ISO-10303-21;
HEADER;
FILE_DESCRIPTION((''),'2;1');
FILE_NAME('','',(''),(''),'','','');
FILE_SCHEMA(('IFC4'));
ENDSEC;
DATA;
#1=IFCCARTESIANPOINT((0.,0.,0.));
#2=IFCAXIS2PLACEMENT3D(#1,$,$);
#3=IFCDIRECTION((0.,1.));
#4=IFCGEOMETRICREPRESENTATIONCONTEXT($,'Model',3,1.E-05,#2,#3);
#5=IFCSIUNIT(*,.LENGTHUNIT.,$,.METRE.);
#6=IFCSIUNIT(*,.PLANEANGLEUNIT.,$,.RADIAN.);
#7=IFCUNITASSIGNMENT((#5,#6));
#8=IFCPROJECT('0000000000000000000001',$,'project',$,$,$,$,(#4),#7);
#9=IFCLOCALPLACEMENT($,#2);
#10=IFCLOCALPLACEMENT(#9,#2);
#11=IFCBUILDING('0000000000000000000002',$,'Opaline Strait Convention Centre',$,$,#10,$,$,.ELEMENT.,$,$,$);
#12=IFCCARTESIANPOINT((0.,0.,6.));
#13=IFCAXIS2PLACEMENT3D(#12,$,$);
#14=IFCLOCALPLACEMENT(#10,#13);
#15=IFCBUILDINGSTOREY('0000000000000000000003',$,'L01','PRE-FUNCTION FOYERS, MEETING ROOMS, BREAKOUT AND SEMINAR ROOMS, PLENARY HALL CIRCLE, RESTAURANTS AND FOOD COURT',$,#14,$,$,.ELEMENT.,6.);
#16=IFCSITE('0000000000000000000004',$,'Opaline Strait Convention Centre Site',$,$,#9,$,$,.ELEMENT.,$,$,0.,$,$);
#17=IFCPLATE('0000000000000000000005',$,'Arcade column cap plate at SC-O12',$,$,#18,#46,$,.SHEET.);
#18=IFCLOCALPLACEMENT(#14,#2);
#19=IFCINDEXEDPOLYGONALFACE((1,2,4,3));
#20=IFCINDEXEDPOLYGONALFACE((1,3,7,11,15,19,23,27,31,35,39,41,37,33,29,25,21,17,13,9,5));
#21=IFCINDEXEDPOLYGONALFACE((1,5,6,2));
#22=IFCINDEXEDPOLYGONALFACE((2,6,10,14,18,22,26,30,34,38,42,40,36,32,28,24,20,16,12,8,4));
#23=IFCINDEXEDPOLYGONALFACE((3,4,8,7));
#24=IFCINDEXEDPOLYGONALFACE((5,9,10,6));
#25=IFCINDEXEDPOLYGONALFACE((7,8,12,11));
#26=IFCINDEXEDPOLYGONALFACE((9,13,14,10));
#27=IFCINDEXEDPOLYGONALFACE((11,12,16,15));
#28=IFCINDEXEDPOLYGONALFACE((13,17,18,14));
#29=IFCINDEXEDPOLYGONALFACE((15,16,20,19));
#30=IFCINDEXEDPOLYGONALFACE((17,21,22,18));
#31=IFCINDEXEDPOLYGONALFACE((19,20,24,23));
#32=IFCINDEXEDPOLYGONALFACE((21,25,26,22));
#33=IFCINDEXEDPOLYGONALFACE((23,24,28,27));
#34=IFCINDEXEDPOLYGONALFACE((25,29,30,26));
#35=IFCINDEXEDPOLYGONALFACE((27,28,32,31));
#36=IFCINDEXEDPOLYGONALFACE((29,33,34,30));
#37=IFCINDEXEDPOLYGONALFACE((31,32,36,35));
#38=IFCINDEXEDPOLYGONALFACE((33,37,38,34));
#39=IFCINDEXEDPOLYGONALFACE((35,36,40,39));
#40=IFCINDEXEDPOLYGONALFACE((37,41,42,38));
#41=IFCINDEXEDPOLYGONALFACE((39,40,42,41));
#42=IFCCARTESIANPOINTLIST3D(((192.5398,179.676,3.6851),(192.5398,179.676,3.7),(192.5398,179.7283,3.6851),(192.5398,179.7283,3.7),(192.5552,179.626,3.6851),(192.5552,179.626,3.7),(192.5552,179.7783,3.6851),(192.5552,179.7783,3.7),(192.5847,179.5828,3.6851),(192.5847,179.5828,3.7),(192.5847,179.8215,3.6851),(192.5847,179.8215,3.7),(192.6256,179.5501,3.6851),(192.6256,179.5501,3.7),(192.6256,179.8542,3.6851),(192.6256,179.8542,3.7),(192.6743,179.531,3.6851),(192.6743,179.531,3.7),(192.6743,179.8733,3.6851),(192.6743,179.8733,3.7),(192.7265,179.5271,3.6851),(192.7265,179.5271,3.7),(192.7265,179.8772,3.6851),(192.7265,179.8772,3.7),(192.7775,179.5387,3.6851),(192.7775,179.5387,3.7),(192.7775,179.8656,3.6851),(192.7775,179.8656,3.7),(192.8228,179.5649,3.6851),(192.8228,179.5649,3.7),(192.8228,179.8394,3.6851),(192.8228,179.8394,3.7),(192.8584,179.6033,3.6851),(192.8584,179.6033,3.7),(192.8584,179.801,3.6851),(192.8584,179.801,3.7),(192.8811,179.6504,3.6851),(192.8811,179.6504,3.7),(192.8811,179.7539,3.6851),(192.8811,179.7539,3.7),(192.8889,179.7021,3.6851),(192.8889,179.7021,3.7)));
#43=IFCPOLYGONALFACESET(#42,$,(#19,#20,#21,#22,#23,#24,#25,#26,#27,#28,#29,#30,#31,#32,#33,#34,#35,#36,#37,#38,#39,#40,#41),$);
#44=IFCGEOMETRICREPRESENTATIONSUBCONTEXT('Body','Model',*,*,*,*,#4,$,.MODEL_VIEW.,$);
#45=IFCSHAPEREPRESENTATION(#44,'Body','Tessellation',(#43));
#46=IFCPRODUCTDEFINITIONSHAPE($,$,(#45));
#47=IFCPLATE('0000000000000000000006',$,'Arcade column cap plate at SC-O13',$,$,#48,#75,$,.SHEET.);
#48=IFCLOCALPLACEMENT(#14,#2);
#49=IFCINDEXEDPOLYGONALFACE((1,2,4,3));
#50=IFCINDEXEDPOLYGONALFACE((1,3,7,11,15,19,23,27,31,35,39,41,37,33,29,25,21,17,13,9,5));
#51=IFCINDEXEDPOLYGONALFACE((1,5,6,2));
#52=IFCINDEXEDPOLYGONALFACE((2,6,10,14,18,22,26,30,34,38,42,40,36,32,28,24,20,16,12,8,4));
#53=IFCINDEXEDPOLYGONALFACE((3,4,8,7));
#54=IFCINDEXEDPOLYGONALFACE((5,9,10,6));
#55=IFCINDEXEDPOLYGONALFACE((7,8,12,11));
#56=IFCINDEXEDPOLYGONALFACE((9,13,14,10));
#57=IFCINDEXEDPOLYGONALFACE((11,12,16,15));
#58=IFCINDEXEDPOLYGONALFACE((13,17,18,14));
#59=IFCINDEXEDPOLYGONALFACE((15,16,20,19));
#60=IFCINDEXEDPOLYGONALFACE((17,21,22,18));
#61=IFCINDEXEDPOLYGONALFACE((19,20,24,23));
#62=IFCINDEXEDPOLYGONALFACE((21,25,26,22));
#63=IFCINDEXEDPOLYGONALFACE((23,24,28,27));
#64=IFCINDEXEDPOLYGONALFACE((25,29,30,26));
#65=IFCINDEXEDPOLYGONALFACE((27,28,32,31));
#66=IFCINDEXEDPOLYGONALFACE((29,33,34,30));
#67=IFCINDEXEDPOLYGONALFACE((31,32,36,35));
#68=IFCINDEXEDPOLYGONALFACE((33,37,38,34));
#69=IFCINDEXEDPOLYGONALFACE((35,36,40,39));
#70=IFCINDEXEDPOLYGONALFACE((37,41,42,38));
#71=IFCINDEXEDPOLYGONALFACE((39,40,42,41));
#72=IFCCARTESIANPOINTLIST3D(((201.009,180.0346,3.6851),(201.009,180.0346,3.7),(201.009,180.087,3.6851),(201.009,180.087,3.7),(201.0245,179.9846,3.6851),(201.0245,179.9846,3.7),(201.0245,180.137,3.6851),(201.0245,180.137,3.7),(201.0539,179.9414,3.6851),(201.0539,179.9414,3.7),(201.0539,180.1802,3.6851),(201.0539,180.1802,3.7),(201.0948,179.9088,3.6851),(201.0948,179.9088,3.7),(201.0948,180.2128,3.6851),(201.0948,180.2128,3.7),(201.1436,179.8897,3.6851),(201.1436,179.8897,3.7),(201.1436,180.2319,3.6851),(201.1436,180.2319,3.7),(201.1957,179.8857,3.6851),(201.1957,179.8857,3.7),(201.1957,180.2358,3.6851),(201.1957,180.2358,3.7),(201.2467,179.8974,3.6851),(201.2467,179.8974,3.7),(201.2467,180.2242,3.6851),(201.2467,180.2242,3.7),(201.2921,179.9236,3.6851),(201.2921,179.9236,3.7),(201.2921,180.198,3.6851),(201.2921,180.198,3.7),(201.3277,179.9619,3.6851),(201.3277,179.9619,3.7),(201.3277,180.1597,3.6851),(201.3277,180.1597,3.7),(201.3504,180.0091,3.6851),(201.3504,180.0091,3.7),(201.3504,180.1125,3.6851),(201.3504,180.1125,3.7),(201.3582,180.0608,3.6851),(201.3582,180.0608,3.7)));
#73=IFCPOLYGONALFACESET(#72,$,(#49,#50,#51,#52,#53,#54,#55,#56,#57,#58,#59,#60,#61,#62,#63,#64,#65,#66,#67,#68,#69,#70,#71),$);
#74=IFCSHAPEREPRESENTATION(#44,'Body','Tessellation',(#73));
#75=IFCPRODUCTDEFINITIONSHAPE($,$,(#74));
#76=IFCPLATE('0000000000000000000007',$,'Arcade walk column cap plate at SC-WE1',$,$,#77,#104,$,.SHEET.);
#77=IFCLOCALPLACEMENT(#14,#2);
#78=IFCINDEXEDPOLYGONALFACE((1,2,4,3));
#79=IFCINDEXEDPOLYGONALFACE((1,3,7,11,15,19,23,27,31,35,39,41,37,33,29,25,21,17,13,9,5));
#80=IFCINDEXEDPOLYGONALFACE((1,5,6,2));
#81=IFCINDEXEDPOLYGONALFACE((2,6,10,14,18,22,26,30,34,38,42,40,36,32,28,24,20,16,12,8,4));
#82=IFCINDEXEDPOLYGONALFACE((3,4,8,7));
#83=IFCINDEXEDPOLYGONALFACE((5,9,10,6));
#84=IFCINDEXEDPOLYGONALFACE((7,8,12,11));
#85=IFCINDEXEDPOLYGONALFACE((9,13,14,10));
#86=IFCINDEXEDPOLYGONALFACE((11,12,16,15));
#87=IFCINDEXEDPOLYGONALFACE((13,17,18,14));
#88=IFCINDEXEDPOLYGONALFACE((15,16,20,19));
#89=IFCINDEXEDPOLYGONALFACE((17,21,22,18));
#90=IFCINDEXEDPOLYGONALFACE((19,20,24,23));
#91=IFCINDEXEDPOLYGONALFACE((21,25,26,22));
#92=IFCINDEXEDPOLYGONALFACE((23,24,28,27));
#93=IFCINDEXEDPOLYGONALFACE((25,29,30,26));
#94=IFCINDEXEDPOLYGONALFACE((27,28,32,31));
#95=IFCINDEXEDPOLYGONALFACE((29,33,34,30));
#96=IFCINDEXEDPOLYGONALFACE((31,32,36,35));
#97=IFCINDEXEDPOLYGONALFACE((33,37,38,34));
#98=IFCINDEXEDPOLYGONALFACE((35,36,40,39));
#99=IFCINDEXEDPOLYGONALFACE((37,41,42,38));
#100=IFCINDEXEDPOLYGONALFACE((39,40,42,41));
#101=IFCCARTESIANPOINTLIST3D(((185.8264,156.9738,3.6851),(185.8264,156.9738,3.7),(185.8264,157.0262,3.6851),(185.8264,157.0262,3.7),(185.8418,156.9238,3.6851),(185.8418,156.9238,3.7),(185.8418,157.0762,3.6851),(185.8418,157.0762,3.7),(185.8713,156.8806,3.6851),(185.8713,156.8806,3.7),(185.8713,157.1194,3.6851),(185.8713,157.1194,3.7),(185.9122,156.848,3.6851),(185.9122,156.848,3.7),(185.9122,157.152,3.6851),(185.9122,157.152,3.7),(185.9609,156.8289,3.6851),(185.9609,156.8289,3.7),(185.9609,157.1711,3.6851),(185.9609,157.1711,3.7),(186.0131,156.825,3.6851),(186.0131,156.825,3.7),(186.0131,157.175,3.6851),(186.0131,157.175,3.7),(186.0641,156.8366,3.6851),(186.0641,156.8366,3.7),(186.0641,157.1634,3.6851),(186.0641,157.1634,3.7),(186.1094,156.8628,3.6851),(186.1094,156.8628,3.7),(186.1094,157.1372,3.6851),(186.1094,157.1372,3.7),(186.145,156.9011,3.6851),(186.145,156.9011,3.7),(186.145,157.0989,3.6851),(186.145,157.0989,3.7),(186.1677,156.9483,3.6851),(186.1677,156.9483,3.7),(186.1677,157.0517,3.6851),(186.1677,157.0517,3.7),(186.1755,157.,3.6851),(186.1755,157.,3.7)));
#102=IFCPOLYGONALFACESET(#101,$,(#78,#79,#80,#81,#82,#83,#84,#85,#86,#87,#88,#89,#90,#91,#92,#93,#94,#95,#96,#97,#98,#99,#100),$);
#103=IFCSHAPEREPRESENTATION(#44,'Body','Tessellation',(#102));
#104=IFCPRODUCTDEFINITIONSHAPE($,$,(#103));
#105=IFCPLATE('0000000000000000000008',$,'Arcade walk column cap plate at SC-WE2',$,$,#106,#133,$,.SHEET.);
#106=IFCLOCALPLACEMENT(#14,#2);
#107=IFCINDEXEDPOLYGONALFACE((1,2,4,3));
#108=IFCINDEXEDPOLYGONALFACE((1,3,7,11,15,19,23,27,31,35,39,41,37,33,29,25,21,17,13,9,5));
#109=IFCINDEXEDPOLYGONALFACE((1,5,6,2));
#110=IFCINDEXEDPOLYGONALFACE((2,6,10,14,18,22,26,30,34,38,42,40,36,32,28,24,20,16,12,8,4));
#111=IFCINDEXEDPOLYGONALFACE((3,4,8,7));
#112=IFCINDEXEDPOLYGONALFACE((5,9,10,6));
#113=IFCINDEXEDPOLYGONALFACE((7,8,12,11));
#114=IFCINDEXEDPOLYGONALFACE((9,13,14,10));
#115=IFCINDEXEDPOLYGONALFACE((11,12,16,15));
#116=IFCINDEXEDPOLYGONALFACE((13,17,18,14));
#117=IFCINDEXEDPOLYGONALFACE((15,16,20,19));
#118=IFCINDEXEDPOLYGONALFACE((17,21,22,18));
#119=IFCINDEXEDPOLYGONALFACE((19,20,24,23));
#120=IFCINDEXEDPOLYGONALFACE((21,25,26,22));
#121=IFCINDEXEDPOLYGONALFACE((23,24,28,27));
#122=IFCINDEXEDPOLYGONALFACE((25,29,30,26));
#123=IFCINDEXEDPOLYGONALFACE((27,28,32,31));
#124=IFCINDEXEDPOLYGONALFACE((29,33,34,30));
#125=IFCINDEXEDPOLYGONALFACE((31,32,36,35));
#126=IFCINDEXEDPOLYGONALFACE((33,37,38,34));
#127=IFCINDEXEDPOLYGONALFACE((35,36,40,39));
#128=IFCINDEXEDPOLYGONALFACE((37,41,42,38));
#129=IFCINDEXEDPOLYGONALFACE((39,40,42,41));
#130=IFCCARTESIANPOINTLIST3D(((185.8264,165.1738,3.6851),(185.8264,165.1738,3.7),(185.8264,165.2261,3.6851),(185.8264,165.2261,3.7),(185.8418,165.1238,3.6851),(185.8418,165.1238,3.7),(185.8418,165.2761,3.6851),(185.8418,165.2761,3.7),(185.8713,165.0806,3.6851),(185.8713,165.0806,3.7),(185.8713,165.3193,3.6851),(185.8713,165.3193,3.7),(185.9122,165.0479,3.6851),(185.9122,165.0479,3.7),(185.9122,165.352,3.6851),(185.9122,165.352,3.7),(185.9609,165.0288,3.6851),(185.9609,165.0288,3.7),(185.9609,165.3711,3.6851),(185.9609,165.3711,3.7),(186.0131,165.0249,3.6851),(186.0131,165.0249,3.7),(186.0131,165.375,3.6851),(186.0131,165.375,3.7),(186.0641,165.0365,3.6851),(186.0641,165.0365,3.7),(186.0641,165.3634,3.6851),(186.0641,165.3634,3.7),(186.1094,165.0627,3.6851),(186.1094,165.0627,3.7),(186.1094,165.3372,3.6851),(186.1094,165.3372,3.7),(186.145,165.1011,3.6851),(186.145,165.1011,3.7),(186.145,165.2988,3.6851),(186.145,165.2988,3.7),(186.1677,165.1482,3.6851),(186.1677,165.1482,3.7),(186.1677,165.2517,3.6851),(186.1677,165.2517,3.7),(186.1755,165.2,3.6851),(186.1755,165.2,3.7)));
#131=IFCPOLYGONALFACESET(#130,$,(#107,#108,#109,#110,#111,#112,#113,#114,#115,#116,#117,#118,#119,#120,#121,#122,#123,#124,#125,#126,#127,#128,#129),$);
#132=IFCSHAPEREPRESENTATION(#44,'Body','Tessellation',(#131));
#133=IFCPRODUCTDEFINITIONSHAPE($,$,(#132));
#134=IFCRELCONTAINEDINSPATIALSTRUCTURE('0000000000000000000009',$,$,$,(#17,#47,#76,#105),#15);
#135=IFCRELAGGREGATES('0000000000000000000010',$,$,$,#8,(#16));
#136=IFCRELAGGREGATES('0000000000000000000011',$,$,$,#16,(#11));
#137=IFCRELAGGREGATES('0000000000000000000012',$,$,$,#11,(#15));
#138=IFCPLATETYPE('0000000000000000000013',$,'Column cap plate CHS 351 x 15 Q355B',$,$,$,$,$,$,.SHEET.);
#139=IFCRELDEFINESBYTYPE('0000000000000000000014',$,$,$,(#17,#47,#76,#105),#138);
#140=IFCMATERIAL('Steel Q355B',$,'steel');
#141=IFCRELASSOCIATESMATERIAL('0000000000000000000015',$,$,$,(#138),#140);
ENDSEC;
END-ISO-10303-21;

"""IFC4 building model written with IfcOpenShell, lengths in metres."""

from ifc_helpers import new_model, si_unit, direction, frame, origin, origin_2d, place, context, subcontext, project, spatial, circle, extrude, material, material_profile, profile_set, type_object, element, save


model = new_model("IFC4")

# Units and contexts
model_context = context("Model", 3, precision=1e-05, world=origin(), true_north=direction((0.0, 1.0)))
body_context = subcontext(model_context, "Body", "Model", "MODEL_VIEW")
ifc_project = project(units=[si_unit("LENGTHUNIT", "METRE"), si_unit("PLANEANGLEUNIT", "RADIAN")], contexts=[model_context])

# Site, building, storey
site_placement = place(None, origin())
site = spatial("IfcSite", under=ifc_project, at=site_placement, Name="Opaline Strait Convention Centre Site", CompositionType="ELEMENT", RefElevation=0.0)
building_placement = place(site_placement, origin())
building = spatial("IfcBuilding", under=site, at=building_placement, Name="Opaline Strait Convention Centre", CompositionType="ELEMENT")
storey_placement = place(building_placement, frame((0.0, 0.0, 6.0)))
storey = spatial("IfcBuildingStorey", under=building, at=storey_placement, Name="L01", Description="PRE-FUNCTION FOYERS, MEETING ROOMS, BREAKOUT AND SEMINAR ROOMS, PLENARY HALL CIRCLE, RESTAURANTS AND FOOD COURT", CompositionType="ELEMENT", Elevation=6.0)

# Shared definitions
ifc_material_1 = material(Name="Steel Q355B", Category="steel")

# Plates
ifc_material_profile_1 = material_profile(ifc_material_1, circle(Radius=0.1755, at=origin_2d()), Name="D351")
ifc_profile_set_1 = profile_set([ifc_material_profile_1], Name="Steel Q355B")
plate_type = type_object("IfcPlateType", Name="Column cap plate CHS 351 x 15 Q355B", PredefinedType="SHEET", material=ifc_profile_set_1)
for number, where, z_axis, x_axis, name in (
    (1, (192.7134, 179.7021, 3.6851), (0.0, 0.0, 1.0), (1.0, 0.0, 0.0), "Arcade column cap plate at SC-O12"),
    (2, (201.1826, 180.0608, 3.6851), (0.0, 0.0, 1.0), (1.0, 0.0, 0.0), "Arcade column cap plate at SC-O13"),
    (3, (186.0, 157.0, 3.6851), (0.0, 0.0, 1.0), (1.0, 0.0, 0.0), "Arcade walk column cap plate at SC-WE1"),
    (4, (186.0, 165.2, 3.6851), (0.0, 0.0, 1.0), (1.0, 0.0, 0.0), "Arcade walk column cap plate at SC-WE2"),
):
    element("IfcPlate", number, at=place(storey_placement, frame(where, z_axis=z_axis, x_axis=x_axis)), inside=storey, type_object=plate_type, Name=name, PredefinedType="SHEET", context=body_context, shape_type="SweptSolid", body=[
        extrude(circle(Radius=0.1755, at=origin_2d()), origin(), (0.0, 0.0, 1.0), 0.0149),
    ])

save(model, "model.ifc")
